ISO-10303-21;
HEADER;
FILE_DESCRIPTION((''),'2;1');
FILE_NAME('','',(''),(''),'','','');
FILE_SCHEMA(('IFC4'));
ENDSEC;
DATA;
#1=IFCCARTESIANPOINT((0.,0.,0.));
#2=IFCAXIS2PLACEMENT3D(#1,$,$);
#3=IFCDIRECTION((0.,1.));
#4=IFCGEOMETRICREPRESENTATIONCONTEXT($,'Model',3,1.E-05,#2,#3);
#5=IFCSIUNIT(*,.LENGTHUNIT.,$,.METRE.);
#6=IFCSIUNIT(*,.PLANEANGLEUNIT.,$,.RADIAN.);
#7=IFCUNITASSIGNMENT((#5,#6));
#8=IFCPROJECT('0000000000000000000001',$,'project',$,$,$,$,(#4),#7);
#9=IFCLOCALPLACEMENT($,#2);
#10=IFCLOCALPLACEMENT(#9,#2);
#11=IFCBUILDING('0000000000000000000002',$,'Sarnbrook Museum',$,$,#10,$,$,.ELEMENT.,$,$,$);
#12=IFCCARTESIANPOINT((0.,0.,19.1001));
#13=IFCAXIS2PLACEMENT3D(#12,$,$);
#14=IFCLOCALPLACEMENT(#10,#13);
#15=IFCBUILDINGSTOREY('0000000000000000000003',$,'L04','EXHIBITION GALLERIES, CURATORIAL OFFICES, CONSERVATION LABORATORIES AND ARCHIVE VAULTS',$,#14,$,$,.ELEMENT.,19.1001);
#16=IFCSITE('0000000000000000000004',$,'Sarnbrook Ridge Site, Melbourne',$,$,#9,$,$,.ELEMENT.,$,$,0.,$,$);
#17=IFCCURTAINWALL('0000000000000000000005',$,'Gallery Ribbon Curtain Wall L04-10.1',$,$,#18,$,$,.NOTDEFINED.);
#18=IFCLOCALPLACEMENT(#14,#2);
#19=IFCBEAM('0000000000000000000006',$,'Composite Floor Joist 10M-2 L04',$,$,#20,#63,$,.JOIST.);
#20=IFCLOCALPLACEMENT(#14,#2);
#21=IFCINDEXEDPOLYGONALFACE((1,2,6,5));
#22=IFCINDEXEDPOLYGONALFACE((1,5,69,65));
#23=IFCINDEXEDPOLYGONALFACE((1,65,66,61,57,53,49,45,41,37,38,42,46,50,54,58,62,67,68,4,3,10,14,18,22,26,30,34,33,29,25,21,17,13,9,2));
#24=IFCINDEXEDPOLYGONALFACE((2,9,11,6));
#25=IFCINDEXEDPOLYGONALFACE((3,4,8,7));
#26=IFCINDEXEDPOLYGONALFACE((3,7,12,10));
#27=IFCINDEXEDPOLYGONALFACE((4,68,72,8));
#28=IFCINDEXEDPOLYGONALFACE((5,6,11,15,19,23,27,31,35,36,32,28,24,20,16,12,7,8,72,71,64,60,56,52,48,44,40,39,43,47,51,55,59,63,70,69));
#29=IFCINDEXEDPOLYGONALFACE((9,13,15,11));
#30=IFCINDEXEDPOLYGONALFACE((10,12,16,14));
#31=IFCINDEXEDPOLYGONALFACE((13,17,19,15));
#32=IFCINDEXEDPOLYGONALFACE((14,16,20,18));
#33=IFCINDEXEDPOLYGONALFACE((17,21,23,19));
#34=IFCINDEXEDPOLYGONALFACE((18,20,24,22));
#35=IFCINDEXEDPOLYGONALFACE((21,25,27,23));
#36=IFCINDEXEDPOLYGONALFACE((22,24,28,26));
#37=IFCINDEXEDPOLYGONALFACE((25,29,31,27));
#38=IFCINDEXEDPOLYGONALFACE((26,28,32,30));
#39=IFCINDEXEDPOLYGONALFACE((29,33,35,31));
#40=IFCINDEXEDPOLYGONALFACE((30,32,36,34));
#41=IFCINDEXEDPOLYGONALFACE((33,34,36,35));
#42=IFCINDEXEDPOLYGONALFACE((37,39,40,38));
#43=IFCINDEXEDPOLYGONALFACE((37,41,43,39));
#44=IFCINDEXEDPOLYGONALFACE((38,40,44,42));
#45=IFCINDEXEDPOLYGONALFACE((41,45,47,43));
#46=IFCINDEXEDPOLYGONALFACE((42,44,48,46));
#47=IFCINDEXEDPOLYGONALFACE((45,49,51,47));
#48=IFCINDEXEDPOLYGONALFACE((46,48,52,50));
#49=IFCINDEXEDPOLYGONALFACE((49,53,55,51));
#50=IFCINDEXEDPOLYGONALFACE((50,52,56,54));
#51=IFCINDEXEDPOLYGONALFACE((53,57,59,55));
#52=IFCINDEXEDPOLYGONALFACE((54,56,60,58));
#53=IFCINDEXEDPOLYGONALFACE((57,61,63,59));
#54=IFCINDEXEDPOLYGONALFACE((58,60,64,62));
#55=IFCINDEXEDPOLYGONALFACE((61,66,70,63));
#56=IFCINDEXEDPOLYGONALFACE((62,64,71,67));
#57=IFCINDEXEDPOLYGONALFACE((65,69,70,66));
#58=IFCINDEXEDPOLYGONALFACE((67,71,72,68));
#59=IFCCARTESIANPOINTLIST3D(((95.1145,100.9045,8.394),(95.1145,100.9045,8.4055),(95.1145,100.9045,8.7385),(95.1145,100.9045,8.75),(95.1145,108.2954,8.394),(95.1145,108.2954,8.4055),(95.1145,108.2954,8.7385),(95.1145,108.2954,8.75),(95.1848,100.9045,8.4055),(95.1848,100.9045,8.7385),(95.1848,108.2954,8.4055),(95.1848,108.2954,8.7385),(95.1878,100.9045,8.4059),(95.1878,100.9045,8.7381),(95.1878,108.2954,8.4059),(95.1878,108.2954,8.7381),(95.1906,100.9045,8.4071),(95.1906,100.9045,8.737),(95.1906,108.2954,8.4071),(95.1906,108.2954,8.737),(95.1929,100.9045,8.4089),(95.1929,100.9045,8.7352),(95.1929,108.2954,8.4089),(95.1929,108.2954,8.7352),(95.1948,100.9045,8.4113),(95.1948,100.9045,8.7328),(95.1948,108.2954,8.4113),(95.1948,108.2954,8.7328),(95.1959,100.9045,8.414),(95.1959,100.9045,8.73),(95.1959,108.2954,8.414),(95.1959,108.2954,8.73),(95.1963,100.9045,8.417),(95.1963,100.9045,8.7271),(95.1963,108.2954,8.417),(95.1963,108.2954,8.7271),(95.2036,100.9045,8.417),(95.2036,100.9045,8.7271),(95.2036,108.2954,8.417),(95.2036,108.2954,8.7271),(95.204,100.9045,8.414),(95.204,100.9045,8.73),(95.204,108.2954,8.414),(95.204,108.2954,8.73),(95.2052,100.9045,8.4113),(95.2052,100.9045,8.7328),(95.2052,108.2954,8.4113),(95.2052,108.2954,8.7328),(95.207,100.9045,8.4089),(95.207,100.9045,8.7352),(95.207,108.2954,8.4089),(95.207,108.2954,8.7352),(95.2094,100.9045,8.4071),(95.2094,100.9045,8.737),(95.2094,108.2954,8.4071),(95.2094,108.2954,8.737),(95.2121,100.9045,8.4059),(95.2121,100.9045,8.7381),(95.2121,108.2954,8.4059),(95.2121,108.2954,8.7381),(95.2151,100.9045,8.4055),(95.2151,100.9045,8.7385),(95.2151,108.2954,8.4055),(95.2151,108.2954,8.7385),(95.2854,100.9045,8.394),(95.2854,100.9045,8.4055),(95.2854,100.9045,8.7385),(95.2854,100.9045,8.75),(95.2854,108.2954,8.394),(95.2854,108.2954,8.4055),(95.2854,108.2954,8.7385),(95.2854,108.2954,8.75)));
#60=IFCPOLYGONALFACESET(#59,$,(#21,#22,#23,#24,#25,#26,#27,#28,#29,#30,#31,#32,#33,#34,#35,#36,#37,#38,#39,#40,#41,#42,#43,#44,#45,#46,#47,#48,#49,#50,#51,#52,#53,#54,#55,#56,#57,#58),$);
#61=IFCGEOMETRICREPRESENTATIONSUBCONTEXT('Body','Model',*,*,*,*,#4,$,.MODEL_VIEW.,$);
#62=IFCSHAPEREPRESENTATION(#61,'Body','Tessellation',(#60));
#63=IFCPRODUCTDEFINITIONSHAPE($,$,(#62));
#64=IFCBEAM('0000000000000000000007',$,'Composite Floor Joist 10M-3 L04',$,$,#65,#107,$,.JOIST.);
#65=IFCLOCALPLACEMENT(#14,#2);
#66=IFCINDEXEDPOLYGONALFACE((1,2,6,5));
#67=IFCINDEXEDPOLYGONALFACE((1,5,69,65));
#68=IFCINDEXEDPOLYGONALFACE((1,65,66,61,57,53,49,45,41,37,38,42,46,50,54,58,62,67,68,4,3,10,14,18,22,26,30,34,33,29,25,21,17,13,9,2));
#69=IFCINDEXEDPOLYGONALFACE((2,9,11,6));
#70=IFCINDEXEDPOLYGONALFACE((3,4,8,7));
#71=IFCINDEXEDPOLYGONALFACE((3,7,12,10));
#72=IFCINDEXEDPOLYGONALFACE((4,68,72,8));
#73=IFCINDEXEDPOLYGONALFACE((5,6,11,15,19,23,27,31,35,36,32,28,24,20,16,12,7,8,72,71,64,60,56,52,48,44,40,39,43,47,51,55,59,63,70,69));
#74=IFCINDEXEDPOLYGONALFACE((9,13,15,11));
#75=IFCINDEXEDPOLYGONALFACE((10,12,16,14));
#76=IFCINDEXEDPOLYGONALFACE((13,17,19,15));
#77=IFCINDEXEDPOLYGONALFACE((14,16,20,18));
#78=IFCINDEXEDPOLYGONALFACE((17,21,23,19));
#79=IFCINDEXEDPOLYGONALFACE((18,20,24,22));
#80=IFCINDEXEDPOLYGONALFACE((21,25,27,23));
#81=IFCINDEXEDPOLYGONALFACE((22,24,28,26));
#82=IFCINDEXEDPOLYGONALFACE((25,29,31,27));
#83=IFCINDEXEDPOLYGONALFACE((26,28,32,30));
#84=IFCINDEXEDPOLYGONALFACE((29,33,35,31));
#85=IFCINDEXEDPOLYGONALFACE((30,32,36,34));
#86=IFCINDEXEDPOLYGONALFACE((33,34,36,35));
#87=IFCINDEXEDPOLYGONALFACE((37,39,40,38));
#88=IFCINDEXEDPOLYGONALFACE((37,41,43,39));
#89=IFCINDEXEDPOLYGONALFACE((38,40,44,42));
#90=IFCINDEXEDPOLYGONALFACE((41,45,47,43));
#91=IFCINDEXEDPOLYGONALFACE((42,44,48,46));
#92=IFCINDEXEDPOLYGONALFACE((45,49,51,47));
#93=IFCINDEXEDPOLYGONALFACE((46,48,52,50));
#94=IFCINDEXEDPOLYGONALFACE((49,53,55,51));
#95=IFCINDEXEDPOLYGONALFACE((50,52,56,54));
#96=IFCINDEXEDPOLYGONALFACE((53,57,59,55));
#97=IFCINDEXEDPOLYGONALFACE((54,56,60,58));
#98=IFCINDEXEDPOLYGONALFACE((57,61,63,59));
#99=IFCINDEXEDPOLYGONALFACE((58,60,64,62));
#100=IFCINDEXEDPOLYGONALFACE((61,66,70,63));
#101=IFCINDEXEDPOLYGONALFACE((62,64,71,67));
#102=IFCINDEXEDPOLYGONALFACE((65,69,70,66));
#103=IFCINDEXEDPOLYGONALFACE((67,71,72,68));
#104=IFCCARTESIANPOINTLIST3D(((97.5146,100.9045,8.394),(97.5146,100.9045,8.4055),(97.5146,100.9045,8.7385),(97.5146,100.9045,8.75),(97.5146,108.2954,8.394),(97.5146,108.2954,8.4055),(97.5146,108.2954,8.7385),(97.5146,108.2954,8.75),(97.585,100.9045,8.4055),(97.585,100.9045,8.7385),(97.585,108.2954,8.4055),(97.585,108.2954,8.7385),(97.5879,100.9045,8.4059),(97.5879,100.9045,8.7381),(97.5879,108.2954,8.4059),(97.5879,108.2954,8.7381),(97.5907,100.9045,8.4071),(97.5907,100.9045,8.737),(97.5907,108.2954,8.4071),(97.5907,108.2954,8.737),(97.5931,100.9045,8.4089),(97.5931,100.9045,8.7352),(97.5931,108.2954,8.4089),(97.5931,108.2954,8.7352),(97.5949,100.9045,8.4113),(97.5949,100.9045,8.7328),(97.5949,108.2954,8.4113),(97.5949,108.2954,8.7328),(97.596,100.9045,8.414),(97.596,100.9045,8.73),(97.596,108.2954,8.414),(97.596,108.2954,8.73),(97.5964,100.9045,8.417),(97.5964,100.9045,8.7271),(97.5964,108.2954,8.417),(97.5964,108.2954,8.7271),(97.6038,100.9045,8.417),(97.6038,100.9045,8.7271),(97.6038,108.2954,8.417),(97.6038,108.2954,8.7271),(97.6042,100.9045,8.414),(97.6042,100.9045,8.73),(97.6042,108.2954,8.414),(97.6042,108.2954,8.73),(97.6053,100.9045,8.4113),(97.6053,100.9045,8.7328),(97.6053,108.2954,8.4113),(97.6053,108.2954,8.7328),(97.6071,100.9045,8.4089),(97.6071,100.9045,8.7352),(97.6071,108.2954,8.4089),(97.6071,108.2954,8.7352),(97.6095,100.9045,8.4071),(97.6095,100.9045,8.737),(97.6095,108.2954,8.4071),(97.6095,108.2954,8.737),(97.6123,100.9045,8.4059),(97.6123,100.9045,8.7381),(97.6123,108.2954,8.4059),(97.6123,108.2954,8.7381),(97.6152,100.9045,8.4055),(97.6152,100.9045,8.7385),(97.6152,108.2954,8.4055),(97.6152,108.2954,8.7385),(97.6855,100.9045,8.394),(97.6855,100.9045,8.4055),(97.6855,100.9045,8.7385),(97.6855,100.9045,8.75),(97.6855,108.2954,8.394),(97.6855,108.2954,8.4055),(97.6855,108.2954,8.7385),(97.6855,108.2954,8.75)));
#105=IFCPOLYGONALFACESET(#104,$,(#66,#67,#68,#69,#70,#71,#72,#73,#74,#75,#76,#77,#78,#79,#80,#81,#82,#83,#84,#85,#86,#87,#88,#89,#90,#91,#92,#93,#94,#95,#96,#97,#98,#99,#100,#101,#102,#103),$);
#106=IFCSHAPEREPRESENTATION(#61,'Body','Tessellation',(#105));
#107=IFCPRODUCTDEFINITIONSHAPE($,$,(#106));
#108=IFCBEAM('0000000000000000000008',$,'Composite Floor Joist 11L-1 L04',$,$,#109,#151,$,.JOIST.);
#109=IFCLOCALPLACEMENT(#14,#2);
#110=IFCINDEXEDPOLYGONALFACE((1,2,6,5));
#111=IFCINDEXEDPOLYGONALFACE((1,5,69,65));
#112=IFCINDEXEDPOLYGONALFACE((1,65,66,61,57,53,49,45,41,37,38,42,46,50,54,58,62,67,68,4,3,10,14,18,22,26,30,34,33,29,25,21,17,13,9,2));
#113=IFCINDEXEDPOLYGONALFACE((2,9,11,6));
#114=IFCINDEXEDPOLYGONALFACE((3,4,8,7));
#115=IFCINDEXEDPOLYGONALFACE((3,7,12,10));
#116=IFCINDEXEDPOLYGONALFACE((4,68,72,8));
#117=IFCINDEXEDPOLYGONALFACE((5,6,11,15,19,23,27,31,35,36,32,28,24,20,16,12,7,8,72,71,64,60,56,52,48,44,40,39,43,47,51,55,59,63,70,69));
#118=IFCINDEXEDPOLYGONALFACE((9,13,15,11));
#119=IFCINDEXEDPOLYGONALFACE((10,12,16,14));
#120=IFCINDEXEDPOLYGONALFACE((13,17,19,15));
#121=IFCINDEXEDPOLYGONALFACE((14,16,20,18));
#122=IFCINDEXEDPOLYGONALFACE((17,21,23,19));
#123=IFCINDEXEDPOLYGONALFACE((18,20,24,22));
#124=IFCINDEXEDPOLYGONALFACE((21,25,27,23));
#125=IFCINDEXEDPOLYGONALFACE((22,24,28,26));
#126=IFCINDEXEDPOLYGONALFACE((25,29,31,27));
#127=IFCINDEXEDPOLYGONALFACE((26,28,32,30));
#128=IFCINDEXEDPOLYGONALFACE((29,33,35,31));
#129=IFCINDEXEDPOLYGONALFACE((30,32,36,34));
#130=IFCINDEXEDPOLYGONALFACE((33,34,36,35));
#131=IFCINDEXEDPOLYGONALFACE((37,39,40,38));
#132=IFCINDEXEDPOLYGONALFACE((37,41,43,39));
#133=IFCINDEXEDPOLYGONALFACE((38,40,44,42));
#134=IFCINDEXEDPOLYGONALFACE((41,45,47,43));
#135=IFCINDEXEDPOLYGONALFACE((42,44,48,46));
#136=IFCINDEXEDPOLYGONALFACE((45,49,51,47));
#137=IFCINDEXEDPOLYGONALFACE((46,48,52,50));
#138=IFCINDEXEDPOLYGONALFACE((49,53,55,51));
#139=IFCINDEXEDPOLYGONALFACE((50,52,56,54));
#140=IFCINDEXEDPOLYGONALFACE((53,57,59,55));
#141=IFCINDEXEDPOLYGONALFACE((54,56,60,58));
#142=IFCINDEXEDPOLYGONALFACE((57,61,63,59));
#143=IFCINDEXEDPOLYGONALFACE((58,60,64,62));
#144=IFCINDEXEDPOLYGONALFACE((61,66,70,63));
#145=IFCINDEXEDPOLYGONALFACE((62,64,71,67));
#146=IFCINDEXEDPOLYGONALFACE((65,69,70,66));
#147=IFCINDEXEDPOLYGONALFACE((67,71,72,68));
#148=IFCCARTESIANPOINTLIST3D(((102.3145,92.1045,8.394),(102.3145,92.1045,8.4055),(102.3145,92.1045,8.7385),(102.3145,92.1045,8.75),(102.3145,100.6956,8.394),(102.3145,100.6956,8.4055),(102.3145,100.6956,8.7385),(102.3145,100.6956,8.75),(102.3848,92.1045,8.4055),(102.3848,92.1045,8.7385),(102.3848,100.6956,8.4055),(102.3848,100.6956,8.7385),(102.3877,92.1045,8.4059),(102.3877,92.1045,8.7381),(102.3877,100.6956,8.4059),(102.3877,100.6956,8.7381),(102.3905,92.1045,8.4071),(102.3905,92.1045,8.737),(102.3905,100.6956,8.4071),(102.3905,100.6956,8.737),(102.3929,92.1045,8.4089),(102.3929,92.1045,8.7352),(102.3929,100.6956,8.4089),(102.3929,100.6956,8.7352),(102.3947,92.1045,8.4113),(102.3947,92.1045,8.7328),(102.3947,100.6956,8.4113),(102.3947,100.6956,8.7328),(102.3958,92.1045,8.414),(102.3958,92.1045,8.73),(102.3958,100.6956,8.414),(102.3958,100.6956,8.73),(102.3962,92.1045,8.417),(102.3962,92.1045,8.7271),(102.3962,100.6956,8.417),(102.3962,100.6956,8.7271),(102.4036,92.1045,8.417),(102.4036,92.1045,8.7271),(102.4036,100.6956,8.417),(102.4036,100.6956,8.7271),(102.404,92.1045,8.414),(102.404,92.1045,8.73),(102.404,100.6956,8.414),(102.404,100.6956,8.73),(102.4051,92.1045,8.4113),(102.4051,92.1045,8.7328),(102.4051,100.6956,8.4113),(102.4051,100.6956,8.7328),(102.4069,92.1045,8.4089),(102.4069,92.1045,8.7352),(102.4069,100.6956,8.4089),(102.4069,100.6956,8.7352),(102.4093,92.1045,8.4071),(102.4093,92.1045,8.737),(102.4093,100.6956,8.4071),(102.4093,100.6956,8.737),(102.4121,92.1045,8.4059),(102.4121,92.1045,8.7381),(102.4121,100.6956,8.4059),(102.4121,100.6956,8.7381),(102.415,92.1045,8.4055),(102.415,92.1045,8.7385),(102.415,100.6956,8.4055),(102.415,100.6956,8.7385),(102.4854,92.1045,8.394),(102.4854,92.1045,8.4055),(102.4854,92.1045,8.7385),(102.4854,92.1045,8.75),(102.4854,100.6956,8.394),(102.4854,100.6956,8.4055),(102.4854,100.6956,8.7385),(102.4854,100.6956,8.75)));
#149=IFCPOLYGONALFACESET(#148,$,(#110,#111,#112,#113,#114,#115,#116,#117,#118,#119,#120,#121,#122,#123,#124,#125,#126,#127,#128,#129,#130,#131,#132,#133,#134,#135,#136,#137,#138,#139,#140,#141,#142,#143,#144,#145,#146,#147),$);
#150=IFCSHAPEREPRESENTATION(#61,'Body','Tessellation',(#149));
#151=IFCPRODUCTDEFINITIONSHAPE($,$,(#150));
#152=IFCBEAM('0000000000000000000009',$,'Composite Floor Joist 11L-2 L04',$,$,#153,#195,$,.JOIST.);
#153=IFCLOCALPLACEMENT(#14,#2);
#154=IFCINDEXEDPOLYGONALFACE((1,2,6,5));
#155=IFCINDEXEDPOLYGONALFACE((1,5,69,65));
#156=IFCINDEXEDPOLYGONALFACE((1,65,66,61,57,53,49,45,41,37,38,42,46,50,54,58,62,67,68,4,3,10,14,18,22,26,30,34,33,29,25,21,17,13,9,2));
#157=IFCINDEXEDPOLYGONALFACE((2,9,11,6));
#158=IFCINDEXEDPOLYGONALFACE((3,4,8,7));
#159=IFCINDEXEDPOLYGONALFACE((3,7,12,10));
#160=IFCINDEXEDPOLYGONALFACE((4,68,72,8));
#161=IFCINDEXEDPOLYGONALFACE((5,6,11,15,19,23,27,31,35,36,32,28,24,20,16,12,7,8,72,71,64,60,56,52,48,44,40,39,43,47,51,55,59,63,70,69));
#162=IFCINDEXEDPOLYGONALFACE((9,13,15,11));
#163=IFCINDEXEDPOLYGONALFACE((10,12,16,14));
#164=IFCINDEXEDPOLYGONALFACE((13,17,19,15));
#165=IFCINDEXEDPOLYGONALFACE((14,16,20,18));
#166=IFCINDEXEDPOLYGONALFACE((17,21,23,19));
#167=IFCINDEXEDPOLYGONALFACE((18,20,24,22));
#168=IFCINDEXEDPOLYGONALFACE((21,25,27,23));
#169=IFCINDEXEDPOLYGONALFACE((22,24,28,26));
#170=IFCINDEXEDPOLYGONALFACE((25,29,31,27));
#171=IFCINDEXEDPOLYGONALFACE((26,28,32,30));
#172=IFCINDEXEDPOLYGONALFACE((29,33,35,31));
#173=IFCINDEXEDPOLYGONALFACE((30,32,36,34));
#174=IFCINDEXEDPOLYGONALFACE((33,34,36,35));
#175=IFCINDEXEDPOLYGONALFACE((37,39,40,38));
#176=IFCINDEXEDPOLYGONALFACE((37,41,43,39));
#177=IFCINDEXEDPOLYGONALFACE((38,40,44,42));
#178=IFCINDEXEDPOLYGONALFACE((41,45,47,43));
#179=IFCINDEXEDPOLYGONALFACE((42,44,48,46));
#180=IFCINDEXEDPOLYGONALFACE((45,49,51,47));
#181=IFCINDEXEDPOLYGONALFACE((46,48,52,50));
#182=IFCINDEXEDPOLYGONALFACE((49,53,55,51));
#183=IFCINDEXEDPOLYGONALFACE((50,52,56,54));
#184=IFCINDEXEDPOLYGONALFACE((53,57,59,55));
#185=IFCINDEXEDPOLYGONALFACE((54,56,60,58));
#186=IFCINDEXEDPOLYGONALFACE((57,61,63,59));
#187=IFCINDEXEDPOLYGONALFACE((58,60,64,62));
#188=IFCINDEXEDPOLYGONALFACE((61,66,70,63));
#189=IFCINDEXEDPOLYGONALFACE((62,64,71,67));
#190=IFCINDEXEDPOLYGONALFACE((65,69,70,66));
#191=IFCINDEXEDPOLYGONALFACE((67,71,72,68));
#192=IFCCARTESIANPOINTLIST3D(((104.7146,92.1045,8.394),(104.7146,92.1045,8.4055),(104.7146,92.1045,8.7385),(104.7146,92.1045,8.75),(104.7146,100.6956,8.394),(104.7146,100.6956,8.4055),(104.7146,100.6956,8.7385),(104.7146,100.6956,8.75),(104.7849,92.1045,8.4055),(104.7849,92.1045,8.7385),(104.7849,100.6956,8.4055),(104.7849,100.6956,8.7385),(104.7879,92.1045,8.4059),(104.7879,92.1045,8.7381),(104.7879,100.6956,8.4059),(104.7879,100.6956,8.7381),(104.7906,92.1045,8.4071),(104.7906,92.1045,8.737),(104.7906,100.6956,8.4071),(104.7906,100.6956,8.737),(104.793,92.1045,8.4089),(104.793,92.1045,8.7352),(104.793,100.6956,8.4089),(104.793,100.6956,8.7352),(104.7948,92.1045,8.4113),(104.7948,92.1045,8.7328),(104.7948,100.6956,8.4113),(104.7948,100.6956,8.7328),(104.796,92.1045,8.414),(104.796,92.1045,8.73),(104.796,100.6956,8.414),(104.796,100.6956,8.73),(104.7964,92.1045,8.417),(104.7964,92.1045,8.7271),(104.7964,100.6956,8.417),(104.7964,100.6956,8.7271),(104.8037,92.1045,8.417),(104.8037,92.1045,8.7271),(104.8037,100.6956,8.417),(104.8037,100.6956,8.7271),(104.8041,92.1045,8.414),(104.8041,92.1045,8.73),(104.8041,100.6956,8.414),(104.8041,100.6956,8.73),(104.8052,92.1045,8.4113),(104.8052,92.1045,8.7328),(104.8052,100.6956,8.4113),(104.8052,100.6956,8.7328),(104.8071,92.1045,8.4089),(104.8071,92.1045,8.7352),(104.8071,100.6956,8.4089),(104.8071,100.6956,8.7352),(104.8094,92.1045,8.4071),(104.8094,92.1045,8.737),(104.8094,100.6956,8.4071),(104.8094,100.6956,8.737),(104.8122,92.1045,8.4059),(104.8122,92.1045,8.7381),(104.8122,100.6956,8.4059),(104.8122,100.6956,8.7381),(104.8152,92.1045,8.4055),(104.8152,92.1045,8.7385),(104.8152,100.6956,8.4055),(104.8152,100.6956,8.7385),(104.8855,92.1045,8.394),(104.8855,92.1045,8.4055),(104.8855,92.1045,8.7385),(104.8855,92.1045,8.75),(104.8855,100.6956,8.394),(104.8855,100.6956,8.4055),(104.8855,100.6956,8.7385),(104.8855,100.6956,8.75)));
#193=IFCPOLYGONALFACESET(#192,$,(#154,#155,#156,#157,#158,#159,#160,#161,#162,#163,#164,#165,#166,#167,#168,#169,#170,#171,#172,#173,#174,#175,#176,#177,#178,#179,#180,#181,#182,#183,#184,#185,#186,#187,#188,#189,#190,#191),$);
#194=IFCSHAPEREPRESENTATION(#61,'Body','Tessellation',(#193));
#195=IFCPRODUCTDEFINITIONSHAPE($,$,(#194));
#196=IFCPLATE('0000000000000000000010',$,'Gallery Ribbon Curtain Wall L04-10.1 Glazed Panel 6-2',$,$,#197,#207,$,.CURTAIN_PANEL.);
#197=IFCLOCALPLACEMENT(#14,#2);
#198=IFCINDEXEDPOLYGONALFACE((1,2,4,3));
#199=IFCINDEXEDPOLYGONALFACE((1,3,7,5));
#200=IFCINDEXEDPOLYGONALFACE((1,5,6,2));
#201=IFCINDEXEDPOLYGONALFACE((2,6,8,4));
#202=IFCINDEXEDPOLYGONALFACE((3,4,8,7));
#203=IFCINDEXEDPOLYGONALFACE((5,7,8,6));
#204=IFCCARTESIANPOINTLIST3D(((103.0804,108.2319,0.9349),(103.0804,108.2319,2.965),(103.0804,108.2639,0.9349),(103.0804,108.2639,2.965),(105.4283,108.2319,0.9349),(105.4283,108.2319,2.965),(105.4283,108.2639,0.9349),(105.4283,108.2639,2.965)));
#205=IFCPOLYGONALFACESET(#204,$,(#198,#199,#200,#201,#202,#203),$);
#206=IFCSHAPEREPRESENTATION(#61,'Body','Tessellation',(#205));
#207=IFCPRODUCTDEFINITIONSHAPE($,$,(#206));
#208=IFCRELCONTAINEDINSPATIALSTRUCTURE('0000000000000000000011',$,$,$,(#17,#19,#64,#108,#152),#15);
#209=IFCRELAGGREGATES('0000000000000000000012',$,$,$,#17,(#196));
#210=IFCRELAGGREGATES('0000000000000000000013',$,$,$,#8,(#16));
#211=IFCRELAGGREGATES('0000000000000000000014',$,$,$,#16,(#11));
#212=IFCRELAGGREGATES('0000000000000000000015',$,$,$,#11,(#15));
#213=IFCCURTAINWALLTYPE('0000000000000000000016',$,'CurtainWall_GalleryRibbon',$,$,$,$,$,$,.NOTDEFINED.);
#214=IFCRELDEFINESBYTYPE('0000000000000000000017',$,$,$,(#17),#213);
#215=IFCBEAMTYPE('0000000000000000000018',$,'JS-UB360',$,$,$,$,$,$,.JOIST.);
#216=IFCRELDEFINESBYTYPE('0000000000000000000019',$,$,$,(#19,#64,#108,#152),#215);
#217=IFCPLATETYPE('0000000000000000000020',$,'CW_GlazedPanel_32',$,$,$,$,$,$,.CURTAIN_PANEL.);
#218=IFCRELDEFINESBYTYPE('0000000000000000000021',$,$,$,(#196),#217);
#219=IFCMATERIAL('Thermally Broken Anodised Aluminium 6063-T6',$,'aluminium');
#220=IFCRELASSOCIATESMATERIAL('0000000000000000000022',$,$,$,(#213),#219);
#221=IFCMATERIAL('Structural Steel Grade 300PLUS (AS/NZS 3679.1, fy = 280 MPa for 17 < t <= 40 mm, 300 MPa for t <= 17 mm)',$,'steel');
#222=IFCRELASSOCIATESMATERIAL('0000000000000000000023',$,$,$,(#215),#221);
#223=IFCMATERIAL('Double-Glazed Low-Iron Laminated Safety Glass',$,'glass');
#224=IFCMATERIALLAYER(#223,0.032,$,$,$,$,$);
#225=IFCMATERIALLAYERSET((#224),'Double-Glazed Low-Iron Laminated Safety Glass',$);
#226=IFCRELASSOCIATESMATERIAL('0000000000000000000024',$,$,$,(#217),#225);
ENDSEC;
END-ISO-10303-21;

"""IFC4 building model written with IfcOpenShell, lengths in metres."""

from ifc_helpers import new_model, si_unit, direction, frame, origin, origin_2d, place, context, subcontext, project, spatial, rectangle, i_section, extrude, material, layer, layer_set, material_profile, profile_set, type_object, element, aggregate, save


model = new_model("IFC4")

# Units and contexts
model_context = context("Model", 3, precision=1e-05, world=origin(), true_north=direction((0.0, 1.0)))
body_context = subcontext(model_context, "Body", "Model", "MODEL_VIEW")
ifc_project = project(units=[si_unit("LENGTHUNIT", "METRE"), si_unit("PLANEANGLEUNIT", "RADIAN")], contexts=[model_context])

# Site, building, storey
site_placement = place(None, origin())
site = spatial("IfcSite", under=ifc_project, at=site_placement, Name="Sarnbrook Ridge Site, Melbourne", CompositionType="ELEMENT", RefElevation=0.0)
building_placement = place(site_placement, origin())
building = spatial("IfcBuilding", under=site, at=building_placement, Name="Sarnbrook Museum", CompositionType="ELEMENT")
storey_placement = place(building_placement, frame((0.0, 0.0, 19.1001)))
storey = spatial("IfcBuildingStorey", under=building, at=storey_placement, Name="L04", Description="EXHIBITION GALLERIES, CURATORIAL OFFICES, CONSERVATION LABORATORIES AND ARCHIVE VAULTS", CompositionType="ELEMENT", Elevation=19.1001)

# Shared definitions
ifc_material_1 = material(Name="Structural Steel Grade 300PLUS (AS/NZS 3679.1, fy = 280 MPa for 17 < t <= 40 mm, 300 MPa for t <= 17 mm)", Category="steel")

# Curtain wall
ifc_material_2 = material(Name="Thermally Broken Anodised Aluminium 6063-T6", Category="aluminium")
curtain_wall_type = type_object("IfcCurtainWallType", Name="CurtainWall_GalleryRibbon", PredefinedType="NOTDEFINED", material=ifc_material_2)
curtain_wall_1_placement = place(storey_placement, origin())
curtain_wall_1 = element("IfcCurtainWall", 1, at=curtain_wall_1_placement, inside=storey, type_object=curtain_wall_type, Name="Gallery Ribbon Curtain Wall L04-10.1", PredefinedType="NOTDEFINED")

# Beams
ifc_material_profile_1 = material_profile(ifc_material_1, i_section(OverallWidth=0.1709, OverallDepth=0.356, WebThickness=0.0073, FlangeThickness=0.0115, FilletRadius=0.0115, at=origin_2d()), Name="360UB50.7")
ifc_profile_set_1 = profile_set([ifc_material_profile_1], Name="Structural Steel Grade 300PLUS (AS/NZS 3679.1, fy = 280 MPa for 17 < t <= 40 mm, 300 MPa for t <= 17 mm)")
beam_type_1 = type_object("IfcBeamType", Name="JS-UB360", PredefinedType="JOIST", material=ifc_profile_set_1)
for number, where, z_axis, x_axis, name in (
    (2, (95.2, 100.9045, 8.572), (0.0, 1.0, 0.0), (-1.0, 0.0, 0.0), "Composite Floor Joist 10M-2 L04"),
    (3, (97.6001, 100.9045, 8.572), (0.0, 1.0, 0.0), (-1.0, 0.0, 0.0), "Composite Floor Joist 10M-3 L04"),
):
    element("IfcBeam", number, at=place(storey_placement, frame(where, z_axis=z_axis, x_axis=x_axis)), inside=storey, type_object=beam_type_1, Name=name, PredefinedType="JOIST", context=body_context, shape_type="SweptSolid", body=[
        extrude(i_section(OverallWidth=0.1709, OverallDepth=0.356, WebThickness=0.0073, FlangeThickness=0.0115, FilletRadius=0.0115, at=origin_2d()), origin(), (0.0, 0.0, 1.0), 7.3909),
    ])
for number, where, z_axis, x_axis, name in (
    (4, (102.3999, 92.1045, 8.572), (0.0, 1.0, 0.0), (-1.0, 0.0, 0.0), "Composite Floor Joist 11L-1 L04"),
    (5, (104.8, 92.1045, 8.572), (0.0, 1.0, 0.0), (-1.0, 0.0, 0.0), "Composite Floor Joist 11L-2 L04"),
):
    element("IfcBeam", number, at=place(storey_placement, frame(where, z_axis=z_axis, x_axis=x_axis)), inside=storey, type_object=beam_type_1, Name=name, PredefinedType="JOIST", context=body_context, shape_type="SweptSolid", body=[
        extrude(i_section(OverallWidth=0.1709, OverallDepth=0.356, WebThickness=0.0073, FlangeThickness=0.0115, FilletRadius=0.0115, at=origin_2d()), origin(), (0.0, 0.0, 1.0), 8.5911),
    ])

# Plate
ifc_material_3 = material(Name="Double-Glazed Low-Iron Laminated Safety Glass", Category="glass")
ifc_layer_1 = layer(ifc_material_3, 0.032)
ifc_layer_set_1 = layer_set([ifc_layer_1], Name="Double-Glazed Low-Iron Laminated Safety Glass")
plate_type_1 = type_object("IfcPlateType", Name="CW_GlazedPanel_32", PredefinedType="CURTAIN_PANEL", material=ifc_layer_set_1)
plate_1_placement = place(storey_placement, frame((104.2544, 108.2319, 1.95), z_axis=(0.0, 1.0, 0.0), x_axis=(-1.0, 0.0, 0.0)))
plate_1 = element("IfcPlate", 6, at=plate_1_placement, type_object=plate_type_1, Name="Gallery Ribbon Curtain Wall L04-10.1 Glazed Panel 6-2", PredefinedType="CURTAIN_PANEL", context=body_context, shape_type="SweptSolid", body=[
    extrude(rectangle(XDim=2.3479, YDim=2.03, at=origin_2d()), origin(), (0.0, 0.0, 1.0), 0.032),
])
aggregate(curtain_wall_1, [plate_1])

save(model, "model.ifc")
